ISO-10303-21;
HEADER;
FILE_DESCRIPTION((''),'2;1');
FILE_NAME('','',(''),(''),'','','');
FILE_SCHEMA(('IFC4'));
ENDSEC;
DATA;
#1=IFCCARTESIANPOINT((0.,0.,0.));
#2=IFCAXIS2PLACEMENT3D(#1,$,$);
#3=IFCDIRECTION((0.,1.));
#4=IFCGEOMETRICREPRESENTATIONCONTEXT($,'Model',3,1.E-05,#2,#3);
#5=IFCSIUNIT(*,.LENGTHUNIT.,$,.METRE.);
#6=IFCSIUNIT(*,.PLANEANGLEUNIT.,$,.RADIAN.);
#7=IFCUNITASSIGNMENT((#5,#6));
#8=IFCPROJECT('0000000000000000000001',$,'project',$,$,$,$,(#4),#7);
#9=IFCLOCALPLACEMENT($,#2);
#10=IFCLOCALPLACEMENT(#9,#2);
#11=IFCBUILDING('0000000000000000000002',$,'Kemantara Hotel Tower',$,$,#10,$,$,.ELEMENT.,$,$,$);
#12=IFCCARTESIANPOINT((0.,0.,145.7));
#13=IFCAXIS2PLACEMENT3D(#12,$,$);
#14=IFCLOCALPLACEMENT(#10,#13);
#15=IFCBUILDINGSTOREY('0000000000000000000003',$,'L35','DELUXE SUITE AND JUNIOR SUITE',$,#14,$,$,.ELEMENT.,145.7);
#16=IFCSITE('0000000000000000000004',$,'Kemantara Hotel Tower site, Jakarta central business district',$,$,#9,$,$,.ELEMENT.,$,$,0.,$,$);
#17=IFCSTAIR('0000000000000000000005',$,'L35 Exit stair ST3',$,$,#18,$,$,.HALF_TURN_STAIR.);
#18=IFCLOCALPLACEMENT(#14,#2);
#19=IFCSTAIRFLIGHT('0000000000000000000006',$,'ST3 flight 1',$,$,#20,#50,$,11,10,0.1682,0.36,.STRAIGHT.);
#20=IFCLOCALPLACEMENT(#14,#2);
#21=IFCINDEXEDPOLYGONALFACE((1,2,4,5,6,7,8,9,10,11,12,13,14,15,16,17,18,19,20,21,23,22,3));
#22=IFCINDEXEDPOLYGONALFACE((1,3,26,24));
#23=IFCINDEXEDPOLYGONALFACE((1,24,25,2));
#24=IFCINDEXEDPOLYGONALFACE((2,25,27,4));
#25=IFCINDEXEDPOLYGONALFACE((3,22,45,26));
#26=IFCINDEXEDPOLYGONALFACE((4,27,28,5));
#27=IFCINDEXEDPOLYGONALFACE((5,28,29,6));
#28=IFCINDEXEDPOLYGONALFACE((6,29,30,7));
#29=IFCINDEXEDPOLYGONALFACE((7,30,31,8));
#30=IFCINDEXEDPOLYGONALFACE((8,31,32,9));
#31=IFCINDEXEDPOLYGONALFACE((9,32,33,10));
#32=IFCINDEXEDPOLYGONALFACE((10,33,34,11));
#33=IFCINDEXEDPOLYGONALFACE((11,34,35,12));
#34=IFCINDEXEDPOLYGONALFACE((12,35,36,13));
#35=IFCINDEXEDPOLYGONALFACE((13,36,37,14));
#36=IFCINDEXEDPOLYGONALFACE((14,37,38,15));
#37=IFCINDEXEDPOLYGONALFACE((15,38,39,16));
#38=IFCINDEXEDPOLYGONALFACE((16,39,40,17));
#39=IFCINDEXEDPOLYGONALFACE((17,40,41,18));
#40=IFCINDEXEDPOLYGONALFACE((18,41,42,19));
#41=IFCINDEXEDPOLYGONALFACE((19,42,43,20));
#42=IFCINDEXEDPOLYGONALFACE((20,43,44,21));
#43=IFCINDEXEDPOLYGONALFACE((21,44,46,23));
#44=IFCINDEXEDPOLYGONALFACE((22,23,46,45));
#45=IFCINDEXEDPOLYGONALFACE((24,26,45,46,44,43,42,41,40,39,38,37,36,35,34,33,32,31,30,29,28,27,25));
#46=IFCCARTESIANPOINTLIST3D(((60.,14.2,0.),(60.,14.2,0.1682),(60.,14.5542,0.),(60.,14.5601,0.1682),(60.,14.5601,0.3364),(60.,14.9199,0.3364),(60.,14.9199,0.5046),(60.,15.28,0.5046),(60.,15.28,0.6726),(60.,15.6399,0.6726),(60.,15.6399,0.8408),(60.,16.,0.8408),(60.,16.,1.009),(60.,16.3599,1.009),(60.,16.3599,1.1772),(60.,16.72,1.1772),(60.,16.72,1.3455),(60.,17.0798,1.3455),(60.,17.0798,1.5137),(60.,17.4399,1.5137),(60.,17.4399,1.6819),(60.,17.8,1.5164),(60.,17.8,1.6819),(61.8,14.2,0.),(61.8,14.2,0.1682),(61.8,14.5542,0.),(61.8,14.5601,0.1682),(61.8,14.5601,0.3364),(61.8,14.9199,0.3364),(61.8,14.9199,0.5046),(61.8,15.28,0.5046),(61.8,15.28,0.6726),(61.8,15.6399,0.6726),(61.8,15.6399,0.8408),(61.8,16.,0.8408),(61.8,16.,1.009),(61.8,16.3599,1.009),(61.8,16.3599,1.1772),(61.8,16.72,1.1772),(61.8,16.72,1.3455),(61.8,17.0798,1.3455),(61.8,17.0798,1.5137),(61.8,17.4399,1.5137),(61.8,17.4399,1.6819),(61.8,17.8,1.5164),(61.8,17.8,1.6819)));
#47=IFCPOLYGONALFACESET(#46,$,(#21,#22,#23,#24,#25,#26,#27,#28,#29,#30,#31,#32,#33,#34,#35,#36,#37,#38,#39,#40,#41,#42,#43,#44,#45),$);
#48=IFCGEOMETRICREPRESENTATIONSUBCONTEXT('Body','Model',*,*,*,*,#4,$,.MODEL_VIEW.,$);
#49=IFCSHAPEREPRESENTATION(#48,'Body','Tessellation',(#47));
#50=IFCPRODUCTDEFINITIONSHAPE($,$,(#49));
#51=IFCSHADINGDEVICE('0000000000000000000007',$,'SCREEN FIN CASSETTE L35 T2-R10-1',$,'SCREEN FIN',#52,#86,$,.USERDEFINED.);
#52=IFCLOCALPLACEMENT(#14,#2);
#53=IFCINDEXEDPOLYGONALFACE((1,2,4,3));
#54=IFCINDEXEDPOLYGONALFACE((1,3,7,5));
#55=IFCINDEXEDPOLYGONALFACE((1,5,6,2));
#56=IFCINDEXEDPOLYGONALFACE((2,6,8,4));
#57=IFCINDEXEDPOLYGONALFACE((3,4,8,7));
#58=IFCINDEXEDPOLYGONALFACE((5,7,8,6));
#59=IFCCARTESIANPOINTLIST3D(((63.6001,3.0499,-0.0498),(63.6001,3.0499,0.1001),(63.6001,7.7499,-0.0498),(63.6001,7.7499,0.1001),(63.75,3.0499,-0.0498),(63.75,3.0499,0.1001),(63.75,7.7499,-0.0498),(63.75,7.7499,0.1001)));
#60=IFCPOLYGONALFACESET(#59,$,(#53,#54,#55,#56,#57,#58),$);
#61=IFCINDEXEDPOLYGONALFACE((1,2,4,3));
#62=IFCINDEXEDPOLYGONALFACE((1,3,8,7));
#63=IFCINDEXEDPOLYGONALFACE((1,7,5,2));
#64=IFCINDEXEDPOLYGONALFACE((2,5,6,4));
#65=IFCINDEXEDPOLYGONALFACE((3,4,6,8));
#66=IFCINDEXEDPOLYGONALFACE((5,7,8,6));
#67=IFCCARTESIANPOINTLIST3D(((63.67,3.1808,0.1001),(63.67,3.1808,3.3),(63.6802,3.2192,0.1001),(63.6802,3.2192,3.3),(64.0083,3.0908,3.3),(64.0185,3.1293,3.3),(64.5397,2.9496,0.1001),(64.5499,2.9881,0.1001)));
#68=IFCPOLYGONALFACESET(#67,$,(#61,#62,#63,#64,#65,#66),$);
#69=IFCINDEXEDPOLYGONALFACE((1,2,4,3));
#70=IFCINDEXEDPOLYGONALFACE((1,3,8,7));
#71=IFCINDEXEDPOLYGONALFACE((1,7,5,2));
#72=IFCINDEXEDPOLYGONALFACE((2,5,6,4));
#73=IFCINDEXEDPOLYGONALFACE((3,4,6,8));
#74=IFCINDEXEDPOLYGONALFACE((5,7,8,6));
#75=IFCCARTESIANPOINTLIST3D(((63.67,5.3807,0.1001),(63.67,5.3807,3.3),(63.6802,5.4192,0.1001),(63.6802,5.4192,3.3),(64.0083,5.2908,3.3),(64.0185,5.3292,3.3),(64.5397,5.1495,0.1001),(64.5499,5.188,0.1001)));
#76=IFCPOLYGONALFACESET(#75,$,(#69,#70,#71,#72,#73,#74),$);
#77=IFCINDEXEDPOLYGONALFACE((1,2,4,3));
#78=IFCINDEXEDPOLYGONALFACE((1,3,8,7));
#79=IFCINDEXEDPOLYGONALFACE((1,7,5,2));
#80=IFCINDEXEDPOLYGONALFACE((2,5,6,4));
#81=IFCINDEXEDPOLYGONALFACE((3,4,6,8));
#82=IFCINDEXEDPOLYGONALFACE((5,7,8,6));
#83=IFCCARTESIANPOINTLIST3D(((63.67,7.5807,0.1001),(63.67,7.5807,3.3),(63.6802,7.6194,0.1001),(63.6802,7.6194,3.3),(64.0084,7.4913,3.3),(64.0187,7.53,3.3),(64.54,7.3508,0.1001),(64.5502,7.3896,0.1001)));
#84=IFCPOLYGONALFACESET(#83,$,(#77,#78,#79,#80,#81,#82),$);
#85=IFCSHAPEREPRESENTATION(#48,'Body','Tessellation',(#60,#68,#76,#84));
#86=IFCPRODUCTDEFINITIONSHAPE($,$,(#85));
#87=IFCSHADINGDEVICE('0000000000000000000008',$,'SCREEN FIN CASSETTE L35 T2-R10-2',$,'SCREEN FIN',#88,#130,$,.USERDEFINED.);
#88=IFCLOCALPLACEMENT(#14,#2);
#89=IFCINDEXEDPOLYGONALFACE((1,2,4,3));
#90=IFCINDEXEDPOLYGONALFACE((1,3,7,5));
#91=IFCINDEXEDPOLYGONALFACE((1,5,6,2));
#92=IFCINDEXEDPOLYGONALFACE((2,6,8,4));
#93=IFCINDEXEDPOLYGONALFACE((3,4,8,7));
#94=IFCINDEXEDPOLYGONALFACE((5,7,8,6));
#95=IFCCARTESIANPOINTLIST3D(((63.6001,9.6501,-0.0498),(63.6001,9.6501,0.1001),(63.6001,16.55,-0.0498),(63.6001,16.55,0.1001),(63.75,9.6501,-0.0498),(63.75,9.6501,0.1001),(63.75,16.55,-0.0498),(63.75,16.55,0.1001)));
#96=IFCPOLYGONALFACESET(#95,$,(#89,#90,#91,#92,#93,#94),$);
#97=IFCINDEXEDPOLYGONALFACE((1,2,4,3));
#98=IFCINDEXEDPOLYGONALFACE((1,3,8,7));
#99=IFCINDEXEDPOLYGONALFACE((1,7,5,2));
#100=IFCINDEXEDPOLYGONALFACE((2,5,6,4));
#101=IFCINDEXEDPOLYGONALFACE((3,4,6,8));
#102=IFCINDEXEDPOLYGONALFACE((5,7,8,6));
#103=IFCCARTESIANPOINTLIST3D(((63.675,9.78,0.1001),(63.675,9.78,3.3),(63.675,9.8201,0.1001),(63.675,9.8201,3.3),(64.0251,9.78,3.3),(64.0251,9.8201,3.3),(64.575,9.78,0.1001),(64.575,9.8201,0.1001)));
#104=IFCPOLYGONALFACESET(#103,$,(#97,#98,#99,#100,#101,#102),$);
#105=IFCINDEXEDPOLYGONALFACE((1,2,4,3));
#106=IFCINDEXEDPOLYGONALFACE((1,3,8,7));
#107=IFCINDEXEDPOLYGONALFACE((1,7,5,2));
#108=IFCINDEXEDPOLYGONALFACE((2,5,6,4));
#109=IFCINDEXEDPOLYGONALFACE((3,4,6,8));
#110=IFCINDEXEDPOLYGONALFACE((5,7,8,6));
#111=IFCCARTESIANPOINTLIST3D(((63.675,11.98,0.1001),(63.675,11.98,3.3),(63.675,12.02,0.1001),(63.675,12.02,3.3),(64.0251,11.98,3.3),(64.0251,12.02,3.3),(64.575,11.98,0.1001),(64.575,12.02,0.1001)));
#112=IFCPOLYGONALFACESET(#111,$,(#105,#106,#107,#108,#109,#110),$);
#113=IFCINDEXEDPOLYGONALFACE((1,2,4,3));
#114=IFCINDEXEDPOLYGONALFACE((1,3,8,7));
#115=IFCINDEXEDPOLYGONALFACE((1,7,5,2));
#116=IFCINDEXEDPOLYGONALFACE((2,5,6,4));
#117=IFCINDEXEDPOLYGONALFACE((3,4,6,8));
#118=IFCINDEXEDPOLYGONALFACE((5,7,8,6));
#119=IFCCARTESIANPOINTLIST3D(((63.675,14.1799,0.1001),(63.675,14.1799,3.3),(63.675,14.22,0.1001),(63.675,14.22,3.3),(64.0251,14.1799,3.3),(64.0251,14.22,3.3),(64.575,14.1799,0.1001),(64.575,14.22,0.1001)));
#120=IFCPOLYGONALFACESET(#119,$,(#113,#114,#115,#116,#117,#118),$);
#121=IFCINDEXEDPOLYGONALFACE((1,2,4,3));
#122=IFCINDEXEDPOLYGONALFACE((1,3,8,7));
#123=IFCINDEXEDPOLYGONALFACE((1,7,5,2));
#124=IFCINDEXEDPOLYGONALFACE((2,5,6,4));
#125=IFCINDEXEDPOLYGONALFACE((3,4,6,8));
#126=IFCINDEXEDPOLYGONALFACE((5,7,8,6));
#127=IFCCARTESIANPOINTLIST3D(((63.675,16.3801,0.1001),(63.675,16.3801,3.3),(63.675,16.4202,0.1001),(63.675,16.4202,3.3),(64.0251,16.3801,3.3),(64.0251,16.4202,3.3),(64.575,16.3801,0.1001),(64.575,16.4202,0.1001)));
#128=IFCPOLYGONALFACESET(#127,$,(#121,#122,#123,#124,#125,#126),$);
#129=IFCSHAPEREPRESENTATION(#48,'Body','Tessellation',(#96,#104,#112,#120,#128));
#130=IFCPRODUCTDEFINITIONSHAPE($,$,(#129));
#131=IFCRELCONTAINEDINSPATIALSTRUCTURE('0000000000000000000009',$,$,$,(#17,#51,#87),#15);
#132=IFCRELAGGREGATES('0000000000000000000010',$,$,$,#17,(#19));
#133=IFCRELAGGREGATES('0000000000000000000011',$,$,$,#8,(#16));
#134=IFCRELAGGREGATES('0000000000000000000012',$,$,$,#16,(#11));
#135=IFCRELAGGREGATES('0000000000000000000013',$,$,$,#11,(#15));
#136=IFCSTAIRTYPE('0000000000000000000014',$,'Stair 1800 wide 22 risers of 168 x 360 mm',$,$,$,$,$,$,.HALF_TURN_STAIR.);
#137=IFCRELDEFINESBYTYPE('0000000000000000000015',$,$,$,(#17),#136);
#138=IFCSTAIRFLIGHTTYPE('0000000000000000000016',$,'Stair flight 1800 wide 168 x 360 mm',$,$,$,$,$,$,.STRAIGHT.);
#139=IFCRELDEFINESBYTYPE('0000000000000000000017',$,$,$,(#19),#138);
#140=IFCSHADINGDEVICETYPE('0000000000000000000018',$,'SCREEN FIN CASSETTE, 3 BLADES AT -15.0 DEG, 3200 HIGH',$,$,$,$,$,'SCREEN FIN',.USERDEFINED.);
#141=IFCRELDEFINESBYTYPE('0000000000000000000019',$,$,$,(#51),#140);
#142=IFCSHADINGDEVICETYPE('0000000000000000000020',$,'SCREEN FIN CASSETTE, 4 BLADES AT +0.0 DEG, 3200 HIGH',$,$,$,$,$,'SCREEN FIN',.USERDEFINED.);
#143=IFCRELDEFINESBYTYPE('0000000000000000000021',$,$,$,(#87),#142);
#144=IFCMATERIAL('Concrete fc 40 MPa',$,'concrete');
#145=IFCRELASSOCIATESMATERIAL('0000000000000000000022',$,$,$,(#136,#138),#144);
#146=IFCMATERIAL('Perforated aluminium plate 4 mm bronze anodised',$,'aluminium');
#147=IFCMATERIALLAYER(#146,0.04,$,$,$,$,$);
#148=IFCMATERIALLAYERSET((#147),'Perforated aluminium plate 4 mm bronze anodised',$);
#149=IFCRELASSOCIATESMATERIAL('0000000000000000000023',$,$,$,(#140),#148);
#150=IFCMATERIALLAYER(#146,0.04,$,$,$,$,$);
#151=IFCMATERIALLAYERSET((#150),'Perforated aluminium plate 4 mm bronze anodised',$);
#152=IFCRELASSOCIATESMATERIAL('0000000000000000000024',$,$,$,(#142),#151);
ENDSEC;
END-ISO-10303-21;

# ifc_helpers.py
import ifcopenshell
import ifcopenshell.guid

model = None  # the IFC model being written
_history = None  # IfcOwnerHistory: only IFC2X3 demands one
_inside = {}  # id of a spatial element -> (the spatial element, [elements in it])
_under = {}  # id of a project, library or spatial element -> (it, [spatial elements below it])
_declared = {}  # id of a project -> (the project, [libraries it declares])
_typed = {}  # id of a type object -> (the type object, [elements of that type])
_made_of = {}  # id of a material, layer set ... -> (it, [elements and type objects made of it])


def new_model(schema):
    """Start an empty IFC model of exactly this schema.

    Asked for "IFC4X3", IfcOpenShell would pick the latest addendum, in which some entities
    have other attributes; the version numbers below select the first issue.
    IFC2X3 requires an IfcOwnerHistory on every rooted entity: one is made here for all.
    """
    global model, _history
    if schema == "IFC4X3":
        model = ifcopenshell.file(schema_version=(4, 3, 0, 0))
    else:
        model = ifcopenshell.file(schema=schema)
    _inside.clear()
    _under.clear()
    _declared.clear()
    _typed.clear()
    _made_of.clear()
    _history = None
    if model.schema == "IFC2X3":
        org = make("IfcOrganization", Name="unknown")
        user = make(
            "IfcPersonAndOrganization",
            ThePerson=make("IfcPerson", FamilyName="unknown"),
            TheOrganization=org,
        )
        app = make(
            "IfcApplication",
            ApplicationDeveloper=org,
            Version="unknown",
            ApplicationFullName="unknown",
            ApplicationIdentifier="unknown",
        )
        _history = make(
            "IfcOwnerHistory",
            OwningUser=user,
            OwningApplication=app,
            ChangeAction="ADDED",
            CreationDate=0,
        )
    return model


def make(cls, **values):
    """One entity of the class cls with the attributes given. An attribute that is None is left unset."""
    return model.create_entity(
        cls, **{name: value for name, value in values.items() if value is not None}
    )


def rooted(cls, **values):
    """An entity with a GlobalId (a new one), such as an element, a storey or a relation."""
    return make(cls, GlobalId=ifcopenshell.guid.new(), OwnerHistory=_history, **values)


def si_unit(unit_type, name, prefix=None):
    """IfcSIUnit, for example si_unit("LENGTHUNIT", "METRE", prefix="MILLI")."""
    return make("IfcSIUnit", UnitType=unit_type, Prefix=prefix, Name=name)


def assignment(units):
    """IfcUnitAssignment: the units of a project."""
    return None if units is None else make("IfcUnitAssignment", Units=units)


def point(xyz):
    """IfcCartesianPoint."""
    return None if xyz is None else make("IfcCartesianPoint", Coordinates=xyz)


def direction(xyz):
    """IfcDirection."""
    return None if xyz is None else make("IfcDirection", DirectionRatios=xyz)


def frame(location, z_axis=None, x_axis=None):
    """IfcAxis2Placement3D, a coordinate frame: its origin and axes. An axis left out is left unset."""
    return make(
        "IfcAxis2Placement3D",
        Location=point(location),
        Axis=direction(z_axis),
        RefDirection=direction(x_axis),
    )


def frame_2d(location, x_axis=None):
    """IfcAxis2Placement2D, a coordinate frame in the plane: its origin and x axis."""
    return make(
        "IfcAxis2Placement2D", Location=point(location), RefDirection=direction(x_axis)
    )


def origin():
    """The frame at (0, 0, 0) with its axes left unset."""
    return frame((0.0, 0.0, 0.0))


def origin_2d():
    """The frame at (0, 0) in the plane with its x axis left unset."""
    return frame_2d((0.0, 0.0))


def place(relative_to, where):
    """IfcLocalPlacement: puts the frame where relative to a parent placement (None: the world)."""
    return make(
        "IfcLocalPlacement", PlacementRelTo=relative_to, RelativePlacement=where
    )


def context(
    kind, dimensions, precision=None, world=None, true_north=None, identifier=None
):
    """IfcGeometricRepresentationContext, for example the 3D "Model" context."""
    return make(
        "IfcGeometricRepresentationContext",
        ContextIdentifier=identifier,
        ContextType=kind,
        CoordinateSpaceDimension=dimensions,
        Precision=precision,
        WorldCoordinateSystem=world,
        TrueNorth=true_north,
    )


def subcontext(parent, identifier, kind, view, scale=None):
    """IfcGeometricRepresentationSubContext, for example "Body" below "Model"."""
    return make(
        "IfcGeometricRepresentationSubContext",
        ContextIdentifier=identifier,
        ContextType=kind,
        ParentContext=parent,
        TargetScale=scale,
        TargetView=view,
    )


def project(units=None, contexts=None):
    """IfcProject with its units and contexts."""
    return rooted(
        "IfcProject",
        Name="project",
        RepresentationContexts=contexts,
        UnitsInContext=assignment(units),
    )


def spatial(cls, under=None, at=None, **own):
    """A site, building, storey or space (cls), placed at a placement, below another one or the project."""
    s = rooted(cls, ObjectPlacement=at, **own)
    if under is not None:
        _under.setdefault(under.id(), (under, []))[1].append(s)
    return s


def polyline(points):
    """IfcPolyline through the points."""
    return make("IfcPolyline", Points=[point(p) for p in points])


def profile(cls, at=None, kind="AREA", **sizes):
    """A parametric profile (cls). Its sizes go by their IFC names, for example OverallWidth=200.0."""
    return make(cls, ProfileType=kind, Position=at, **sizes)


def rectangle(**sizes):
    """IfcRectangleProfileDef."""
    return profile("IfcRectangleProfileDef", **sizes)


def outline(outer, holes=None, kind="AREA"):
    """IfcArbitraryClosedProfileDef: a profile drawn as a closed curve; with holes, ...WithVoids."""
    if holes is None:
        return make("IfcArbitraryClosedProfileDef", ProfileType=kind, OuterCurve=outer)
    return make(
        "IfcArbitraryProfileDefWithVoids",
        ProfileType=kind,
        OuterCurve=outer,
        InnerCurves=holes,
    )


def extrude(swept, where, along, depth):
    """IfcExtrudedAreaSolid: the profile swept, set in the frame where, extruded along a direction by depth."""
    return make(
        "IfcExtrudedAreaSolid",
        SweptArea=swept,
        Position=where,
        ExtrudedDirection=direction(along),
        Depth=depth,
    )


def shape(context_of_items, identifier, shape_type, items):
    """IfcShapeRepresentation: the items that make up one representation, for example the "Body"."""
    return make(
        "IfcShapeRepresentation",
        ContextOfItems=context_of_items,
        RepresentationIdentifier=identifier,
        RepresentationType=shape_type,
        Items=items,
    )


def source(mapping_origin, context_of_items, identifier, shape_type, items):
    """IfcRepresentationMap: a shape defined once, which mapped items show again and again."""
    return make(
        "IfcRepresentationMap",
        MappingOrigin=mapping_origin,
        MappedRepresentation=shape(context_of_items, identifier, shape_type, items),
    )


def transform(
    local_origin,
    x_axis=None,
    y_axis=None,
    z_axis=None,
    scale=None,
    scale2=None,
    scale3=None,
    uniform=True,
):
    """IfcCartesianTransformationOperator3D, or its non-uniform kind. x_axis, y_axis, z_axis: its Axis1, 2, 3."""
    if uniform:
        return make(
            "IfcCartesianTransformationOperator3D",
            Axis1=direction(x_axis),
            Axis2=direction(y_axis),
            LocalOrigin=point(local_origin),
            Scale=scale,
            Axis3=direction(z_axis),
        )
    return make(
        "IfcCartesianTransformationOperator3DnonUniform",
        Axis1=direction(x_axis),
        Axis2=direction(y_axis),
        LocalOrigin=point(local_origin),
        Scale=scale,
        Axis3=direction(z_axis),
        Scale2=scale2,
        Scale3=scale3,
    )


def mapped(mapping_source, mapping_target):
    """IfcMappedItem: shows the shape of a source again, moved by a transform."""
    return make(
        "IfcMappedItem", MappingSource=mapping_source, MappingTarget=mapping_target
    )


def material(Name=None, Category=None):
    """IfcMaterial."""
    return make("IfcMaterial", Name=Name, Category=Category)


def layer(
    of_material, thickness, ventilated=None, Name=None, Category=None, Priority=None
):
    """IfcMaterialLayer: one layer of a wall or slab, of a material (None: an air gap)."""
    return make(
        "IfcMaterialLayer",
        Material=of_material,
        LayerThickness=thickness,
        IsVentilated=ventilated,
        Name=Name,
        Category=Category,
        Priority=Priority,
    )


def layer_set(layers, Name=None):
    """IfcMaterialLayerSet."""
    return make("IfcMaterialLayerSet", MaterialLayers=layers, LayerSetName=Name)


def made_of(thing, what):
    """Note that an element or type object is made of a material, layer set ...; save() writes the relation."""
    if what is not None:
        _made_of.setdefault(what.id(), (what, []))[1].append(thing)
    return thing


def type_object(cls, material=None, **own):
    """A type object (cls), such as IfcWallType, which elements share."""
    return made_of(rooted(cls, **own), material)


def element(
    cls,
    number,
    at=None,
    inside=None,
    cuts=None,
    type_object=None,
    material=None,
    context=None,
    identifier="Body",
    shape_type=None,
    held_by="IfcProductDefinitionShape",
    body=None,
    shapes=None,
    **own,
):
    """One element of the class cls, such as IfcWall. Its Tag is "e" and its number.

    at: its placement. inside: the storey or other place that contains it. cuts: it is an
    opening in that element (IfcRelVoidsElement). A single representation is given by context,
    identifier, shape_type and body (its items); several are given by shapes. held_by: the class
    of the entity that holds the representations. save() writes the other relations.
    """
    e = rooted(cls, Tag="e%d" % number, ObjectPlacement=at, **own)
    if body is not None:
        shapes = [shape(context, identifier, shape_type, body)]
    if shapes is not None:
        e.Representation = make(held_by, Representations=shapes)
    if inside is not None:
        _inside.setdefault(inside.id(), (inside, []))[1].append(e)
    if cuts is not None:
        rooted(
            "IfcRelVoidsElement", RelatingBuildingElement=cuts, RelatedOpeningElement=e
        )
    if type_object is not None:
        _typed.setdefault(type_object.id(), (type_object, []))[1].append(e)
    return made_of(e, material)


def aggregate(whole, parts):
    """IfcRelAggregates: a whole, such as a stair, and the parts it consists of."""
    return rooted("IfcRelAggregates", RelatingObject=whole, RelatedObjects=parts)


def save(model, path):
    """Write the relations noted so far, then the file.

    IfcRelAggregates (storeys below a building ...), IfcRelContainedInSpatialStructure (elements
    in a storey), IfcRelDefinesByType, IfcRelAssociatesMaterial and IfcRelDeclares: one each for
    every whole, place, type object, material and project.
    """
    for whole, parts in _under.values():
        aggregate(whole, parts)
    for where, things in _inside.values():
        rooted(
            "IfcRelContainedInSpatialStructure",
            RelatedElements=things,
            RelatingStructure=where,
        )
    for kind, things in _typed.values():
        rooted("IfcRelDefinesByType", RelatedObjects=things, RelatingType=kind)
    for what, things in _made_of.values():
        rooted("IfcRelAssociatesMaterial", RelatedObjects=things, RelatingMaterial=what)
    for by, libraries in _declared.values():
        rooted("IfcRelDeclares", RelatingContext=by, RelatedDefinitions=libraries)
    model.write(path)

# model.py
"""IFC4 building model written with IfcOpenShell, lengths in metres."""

from ifc_helpers import new_model, si_unit, direction, frame, origin, origin_2d, place, context, subcontext, project, spatial, polyline, rectangle, outline, extrude, source, transform, mapped, material, layer, layer_set, type_object, element, aggregate, save


model = new_model("IFC4")

# Units and contexts
model_context = context("Model", 3, precision=1e-05, world=origin(), true_north=direction((0.0, 1.0)))
body_context = subcontext(model_context, "Body", "Model", "MODEL_VIEW")
ifc_project = project(units=[si_unit("LENGTHUNIT", "METRE"), si_unit("PLANEANGLEUNIT", "RADIAN")], contexts=[model_context])

# Site, building, storey
site_placement = place(None, origin())
site = spatial("IfcSite", under=ifc_project, at=site_placement, Name="Kemantara Hotel Tower site, Jakarta central business district", CompositionType="ELEMENT", RefElevation=0.0)
building_placement = place(site_placement, origin())
building = spatial("IfcBuilding", under=site, at=building_placement, Name="Kemantara Hotel Tower", CompositionType="ELEMENT")
storey_placement = place(building_placement, frame((0.0, 0.0, 145.7)))
storey = spatial("IfcBuildingStorey", under=building, at=storey_placement, Name="L35", Description="DELUXE SUITE AND JUNIOR SUITE", CompositionType="ELEMENT", Elevation=145.7)

# Shared definitions
ifc_material_1 = material(Name="Concrete fc 40 MPa", Category="concrete")

# Stair, stair flight
stair_type = type_object("IfcStairType", Name="Stair 1800 wide 22 risers of 168 x 360 mm", PredefinedType="HALF_TURN_STAIR", material=ifc_material_1)
stair_placement = place(storey_placement, origin())
stair = element("IfcStair", 1, at=stair_placement, inside=storey, type_object=stair_type, Name="L35 Exit stair ST3", PredefinedType="HALF_TURN_STAIR")
stair_flight_type = type_object("IfcStairFlightType", Name="Stair flight 1800 wide 168 x 360 mm", PredefinedType="STRAIGHT", material=ifc_material_1)
stair_flight_placement = place(storey_placement, frame((60.8999, 14.2, 0.0), z_axis=(0.0, 0.0, 1.0), x_axis=(0.0, 1.0, 0.0)))
stair_flight = element("IfcStairFlight", 2, at=stair_flight_placement, type_object=stair_flight_type, Name="ST3 flight 1", NumberOfRisers=11, NumberOfTreads=10, PredefinedType="STRAIGHT", RiserHeight=0.1682, TreadLength=0.36, context=body_context, shape_type="SweptSolid", body=[
    extrude(outline(polyline([(0.0, 0.0), (0.0, 0.1682), (0.3601, 0.1682), (0.3601, 0.3364), (0.72, 0.3364), (0.72, 0.5046), (1.0801, 0.5046), (1.0801, 0.6726), (1.4399, 0.6726), (1.4399, 0.8408), (1.8, 0.8408), (1.8, 1.009), (2.1599, 1.009), (2.1599, 1.1772), (2.52, 1.1772), (2.52, 1.3455), (2.8799, 1.3455), (2.8799, 1.5137), (3.24, 1.5137), (3.24, 1.6819), (3.6001, 1.6819), (3.6001, 1.8501), (3.6001, 1.5164), (0.3542, 0.0), (0.0, 0.0)])), frame((0.0, 0.8999, 0.0), z_axis=(0.0, -1.0, 0.0), x_axis=(1.0, 0.0, 0.0)), (0.0, 0.0, 1.0), 1.8),
])
aggregate(stair, [stair_flight])

# Shading devices
ifc_material_2 = material(Name="Perforated aluminium plate 4 mm bronze anodised", Category="aluminium")
ifc_layer_1 = layer(ifc_material_2, 0.04)
ifc_layer_set_1 = layer_set([ifc_layer_1], Name="Perforated aluminium plate 4 mm bronze anodised")
shading_device_type_1 = type_object("IfcShadingDeviceType", Name="SCREEN FIN CASSETTE, 3 BLADES AT -15.0 DEG, 3200 HIGH", ElementType="SCREEN FIN", PredefinedType="USERDEFINED", material=ifc_layer_set_1)
shared_shape_1 = source(origin(), body_context, "Body", "SweptSolid", [
    extrude(rectangle(XDim=4.7, YDim=0.1499, at=origin_2d()), frame((2.2, -0.075, -0.1499), z_axis=(0.0, 0.0, 1.0), x_axis=(1.0, 0.0, 0.0)), (0.0, 0.0, 1.0), 0.1499),
    extrude(outline(polyline([(0.0, 0.0), (0.8999, 0.0), (0.3501, 3.2), (0.0, 3.2), (0.0, 0.0)])), frame((0.0193, -0.0801, 0.0), z_axis=(-0.966438, 0.256901, 0.0), x_axis=(-0.256901, -0.966438, 0.0)), (0.0, 0.0, 1.0), 0.0398),
    extrude(outline(polyline([(0.0, 0.0), (0.8999, 0.0), (0.3501, 3.2), (0.0, 3.2), (0.0, 0.0)])), frame((2.2192, -0.0801, 0.0), z_axis=(-0.966438, 0.256901, 0.0), x_axis=(-0.256901, -0.966438, 0.0)), (0.0, 0.0, 1.0), 0.0398),
    extrude(outline(polyline([(0.0, 0.0), (0.8999, 0.0), (0.3501, 3.2), (0.0, 3.2), (0.0, 0.0)])), frame((4.4194, -0.0801, 0.0), z_axis=(-0.966838, 0.255391, 0.0), x_axis=(-0.255391, -0.966838, 0.0)), (0.0, 0.0, 1.0), 0.04),
])
shading_device_1_placement = place(storey_placement, frame((63.6001, 3.2, 0.1001), z_axis=(0.0, 0.0, 1.0), x_axis=(0.0, 1.0, 0.0)))
element("IfcShadingDevice", 3, at=shading_device_1_placement, inside=storey, type_object=shading_device_type_1, Name="SCREEN FIN CASSETTE L35 T2-R10-1", ObjectType="SCREEN FIN", PredefinedType="USERDEFINED", context=body_context, shape_type="MappedRepresentation", body=[
    mapped(shared_shape_1, transform((0.0, 0.0, 0.0))),
])
ifc_layer_2 = layer(ifc_material_2, 0.04)
ifc_layer_set_2 = layer_set([ifc_layer_2], Name="Perforated aluminium plate 4 mm bronze anodised")
shading_device_type_2 = type_object("IfcShadingDeviceType", Name="SCREEN FIN CASSETTE, 4 BLADES AT +0.0 DEG, 3200 HIGH", ElementType="SCREEN FIN", PredefinedType="USERDEFINED", material=ifc_layer_set_2)
shared_shape_2 = source(origin(), body_context, "Body", "SweptSolid", [
    extrude(rectangle(XDim=6.8999, YDim=0.1499, at=origin_2d()), frame((3.3, -0.075, -0.1499), z_axis=(0.0, 0.0, 1.0), x_axis=(1.0, 0.0, 0.0)), (0.0, 0.0, 1.0), 0.1499),
    extrude(outline(polyline([(0.0, 0.0), (0.8999, 0.0), (0.3501, 3.2), (0.0, 3.2), (0.0, 0.0)])), frame((0.02, -0.075, 0.0), z_axis=(-1.0, 0.0, 0.0), x_axis=(0.0, -1.0, 0.0)), (0.0, 0.0, 1.0), 0.04),
    extrude(outline(polyline([(0.0, 0.0), (0.8999, 0.0), (0.3501, 3.2), (0.0, 3.2), (0.0, 0.0)])), frame((2.22, -0.075, 0.0), z_axis=(-1.0, 0.0, 0.0), x_axis=(0.0, -1.0, 0.0)), (0.0, 0.0, 1.0), 0.04),
    extrude(outline(polyline([(0.0, 0.0), (0.8999, 0.0), (0.3501, 3.2), (0.0, 3.2), (0.0, 0.0)])), frame((4.4199, -0.075, 0.0), z_axis=(-1.0, 0.0, 0.0), x_axis=(0.0, -1.0, 0.0)), (0.0, 0.0, 1.0), 0.04),
    extrude(outline(polyline([(0.0, 0.0), (0.8999, 0.0), (0.3501, 3.2), (0.0, 3.2), (0.0, 0.0)])), frame((6.6201, -0.075, 0.0), z_axis=(-1.0, 0.0, 0.0), x_axis=(0.0, -1.0, 0.0)), (0.0, 0.0, 1.0), 0.04),
])
shading_device_2_placement = place(storey_placement, frame((63.6001, 9.8, 0.1001), z_axis=(0.0, 0.0, 1.0), x_axis=(0.0, 1.0, 0.0)))
element("IfcShadingDevice", 4, at=shading_device_2_placement, inside=storey, type_object=shading_device_type_2, Name="SCREEN FIN CASSETTE L35 T2-R10-2", ObjectType="SCREEN FIN", PredefinedType="USERDEFINED", context=body_context, shape_type="MappedRepresentation", body=[
    mapped(shared_shape_2, transform((0.0, 0.0, 0.0))),
])

save(model, "model.ifc")
